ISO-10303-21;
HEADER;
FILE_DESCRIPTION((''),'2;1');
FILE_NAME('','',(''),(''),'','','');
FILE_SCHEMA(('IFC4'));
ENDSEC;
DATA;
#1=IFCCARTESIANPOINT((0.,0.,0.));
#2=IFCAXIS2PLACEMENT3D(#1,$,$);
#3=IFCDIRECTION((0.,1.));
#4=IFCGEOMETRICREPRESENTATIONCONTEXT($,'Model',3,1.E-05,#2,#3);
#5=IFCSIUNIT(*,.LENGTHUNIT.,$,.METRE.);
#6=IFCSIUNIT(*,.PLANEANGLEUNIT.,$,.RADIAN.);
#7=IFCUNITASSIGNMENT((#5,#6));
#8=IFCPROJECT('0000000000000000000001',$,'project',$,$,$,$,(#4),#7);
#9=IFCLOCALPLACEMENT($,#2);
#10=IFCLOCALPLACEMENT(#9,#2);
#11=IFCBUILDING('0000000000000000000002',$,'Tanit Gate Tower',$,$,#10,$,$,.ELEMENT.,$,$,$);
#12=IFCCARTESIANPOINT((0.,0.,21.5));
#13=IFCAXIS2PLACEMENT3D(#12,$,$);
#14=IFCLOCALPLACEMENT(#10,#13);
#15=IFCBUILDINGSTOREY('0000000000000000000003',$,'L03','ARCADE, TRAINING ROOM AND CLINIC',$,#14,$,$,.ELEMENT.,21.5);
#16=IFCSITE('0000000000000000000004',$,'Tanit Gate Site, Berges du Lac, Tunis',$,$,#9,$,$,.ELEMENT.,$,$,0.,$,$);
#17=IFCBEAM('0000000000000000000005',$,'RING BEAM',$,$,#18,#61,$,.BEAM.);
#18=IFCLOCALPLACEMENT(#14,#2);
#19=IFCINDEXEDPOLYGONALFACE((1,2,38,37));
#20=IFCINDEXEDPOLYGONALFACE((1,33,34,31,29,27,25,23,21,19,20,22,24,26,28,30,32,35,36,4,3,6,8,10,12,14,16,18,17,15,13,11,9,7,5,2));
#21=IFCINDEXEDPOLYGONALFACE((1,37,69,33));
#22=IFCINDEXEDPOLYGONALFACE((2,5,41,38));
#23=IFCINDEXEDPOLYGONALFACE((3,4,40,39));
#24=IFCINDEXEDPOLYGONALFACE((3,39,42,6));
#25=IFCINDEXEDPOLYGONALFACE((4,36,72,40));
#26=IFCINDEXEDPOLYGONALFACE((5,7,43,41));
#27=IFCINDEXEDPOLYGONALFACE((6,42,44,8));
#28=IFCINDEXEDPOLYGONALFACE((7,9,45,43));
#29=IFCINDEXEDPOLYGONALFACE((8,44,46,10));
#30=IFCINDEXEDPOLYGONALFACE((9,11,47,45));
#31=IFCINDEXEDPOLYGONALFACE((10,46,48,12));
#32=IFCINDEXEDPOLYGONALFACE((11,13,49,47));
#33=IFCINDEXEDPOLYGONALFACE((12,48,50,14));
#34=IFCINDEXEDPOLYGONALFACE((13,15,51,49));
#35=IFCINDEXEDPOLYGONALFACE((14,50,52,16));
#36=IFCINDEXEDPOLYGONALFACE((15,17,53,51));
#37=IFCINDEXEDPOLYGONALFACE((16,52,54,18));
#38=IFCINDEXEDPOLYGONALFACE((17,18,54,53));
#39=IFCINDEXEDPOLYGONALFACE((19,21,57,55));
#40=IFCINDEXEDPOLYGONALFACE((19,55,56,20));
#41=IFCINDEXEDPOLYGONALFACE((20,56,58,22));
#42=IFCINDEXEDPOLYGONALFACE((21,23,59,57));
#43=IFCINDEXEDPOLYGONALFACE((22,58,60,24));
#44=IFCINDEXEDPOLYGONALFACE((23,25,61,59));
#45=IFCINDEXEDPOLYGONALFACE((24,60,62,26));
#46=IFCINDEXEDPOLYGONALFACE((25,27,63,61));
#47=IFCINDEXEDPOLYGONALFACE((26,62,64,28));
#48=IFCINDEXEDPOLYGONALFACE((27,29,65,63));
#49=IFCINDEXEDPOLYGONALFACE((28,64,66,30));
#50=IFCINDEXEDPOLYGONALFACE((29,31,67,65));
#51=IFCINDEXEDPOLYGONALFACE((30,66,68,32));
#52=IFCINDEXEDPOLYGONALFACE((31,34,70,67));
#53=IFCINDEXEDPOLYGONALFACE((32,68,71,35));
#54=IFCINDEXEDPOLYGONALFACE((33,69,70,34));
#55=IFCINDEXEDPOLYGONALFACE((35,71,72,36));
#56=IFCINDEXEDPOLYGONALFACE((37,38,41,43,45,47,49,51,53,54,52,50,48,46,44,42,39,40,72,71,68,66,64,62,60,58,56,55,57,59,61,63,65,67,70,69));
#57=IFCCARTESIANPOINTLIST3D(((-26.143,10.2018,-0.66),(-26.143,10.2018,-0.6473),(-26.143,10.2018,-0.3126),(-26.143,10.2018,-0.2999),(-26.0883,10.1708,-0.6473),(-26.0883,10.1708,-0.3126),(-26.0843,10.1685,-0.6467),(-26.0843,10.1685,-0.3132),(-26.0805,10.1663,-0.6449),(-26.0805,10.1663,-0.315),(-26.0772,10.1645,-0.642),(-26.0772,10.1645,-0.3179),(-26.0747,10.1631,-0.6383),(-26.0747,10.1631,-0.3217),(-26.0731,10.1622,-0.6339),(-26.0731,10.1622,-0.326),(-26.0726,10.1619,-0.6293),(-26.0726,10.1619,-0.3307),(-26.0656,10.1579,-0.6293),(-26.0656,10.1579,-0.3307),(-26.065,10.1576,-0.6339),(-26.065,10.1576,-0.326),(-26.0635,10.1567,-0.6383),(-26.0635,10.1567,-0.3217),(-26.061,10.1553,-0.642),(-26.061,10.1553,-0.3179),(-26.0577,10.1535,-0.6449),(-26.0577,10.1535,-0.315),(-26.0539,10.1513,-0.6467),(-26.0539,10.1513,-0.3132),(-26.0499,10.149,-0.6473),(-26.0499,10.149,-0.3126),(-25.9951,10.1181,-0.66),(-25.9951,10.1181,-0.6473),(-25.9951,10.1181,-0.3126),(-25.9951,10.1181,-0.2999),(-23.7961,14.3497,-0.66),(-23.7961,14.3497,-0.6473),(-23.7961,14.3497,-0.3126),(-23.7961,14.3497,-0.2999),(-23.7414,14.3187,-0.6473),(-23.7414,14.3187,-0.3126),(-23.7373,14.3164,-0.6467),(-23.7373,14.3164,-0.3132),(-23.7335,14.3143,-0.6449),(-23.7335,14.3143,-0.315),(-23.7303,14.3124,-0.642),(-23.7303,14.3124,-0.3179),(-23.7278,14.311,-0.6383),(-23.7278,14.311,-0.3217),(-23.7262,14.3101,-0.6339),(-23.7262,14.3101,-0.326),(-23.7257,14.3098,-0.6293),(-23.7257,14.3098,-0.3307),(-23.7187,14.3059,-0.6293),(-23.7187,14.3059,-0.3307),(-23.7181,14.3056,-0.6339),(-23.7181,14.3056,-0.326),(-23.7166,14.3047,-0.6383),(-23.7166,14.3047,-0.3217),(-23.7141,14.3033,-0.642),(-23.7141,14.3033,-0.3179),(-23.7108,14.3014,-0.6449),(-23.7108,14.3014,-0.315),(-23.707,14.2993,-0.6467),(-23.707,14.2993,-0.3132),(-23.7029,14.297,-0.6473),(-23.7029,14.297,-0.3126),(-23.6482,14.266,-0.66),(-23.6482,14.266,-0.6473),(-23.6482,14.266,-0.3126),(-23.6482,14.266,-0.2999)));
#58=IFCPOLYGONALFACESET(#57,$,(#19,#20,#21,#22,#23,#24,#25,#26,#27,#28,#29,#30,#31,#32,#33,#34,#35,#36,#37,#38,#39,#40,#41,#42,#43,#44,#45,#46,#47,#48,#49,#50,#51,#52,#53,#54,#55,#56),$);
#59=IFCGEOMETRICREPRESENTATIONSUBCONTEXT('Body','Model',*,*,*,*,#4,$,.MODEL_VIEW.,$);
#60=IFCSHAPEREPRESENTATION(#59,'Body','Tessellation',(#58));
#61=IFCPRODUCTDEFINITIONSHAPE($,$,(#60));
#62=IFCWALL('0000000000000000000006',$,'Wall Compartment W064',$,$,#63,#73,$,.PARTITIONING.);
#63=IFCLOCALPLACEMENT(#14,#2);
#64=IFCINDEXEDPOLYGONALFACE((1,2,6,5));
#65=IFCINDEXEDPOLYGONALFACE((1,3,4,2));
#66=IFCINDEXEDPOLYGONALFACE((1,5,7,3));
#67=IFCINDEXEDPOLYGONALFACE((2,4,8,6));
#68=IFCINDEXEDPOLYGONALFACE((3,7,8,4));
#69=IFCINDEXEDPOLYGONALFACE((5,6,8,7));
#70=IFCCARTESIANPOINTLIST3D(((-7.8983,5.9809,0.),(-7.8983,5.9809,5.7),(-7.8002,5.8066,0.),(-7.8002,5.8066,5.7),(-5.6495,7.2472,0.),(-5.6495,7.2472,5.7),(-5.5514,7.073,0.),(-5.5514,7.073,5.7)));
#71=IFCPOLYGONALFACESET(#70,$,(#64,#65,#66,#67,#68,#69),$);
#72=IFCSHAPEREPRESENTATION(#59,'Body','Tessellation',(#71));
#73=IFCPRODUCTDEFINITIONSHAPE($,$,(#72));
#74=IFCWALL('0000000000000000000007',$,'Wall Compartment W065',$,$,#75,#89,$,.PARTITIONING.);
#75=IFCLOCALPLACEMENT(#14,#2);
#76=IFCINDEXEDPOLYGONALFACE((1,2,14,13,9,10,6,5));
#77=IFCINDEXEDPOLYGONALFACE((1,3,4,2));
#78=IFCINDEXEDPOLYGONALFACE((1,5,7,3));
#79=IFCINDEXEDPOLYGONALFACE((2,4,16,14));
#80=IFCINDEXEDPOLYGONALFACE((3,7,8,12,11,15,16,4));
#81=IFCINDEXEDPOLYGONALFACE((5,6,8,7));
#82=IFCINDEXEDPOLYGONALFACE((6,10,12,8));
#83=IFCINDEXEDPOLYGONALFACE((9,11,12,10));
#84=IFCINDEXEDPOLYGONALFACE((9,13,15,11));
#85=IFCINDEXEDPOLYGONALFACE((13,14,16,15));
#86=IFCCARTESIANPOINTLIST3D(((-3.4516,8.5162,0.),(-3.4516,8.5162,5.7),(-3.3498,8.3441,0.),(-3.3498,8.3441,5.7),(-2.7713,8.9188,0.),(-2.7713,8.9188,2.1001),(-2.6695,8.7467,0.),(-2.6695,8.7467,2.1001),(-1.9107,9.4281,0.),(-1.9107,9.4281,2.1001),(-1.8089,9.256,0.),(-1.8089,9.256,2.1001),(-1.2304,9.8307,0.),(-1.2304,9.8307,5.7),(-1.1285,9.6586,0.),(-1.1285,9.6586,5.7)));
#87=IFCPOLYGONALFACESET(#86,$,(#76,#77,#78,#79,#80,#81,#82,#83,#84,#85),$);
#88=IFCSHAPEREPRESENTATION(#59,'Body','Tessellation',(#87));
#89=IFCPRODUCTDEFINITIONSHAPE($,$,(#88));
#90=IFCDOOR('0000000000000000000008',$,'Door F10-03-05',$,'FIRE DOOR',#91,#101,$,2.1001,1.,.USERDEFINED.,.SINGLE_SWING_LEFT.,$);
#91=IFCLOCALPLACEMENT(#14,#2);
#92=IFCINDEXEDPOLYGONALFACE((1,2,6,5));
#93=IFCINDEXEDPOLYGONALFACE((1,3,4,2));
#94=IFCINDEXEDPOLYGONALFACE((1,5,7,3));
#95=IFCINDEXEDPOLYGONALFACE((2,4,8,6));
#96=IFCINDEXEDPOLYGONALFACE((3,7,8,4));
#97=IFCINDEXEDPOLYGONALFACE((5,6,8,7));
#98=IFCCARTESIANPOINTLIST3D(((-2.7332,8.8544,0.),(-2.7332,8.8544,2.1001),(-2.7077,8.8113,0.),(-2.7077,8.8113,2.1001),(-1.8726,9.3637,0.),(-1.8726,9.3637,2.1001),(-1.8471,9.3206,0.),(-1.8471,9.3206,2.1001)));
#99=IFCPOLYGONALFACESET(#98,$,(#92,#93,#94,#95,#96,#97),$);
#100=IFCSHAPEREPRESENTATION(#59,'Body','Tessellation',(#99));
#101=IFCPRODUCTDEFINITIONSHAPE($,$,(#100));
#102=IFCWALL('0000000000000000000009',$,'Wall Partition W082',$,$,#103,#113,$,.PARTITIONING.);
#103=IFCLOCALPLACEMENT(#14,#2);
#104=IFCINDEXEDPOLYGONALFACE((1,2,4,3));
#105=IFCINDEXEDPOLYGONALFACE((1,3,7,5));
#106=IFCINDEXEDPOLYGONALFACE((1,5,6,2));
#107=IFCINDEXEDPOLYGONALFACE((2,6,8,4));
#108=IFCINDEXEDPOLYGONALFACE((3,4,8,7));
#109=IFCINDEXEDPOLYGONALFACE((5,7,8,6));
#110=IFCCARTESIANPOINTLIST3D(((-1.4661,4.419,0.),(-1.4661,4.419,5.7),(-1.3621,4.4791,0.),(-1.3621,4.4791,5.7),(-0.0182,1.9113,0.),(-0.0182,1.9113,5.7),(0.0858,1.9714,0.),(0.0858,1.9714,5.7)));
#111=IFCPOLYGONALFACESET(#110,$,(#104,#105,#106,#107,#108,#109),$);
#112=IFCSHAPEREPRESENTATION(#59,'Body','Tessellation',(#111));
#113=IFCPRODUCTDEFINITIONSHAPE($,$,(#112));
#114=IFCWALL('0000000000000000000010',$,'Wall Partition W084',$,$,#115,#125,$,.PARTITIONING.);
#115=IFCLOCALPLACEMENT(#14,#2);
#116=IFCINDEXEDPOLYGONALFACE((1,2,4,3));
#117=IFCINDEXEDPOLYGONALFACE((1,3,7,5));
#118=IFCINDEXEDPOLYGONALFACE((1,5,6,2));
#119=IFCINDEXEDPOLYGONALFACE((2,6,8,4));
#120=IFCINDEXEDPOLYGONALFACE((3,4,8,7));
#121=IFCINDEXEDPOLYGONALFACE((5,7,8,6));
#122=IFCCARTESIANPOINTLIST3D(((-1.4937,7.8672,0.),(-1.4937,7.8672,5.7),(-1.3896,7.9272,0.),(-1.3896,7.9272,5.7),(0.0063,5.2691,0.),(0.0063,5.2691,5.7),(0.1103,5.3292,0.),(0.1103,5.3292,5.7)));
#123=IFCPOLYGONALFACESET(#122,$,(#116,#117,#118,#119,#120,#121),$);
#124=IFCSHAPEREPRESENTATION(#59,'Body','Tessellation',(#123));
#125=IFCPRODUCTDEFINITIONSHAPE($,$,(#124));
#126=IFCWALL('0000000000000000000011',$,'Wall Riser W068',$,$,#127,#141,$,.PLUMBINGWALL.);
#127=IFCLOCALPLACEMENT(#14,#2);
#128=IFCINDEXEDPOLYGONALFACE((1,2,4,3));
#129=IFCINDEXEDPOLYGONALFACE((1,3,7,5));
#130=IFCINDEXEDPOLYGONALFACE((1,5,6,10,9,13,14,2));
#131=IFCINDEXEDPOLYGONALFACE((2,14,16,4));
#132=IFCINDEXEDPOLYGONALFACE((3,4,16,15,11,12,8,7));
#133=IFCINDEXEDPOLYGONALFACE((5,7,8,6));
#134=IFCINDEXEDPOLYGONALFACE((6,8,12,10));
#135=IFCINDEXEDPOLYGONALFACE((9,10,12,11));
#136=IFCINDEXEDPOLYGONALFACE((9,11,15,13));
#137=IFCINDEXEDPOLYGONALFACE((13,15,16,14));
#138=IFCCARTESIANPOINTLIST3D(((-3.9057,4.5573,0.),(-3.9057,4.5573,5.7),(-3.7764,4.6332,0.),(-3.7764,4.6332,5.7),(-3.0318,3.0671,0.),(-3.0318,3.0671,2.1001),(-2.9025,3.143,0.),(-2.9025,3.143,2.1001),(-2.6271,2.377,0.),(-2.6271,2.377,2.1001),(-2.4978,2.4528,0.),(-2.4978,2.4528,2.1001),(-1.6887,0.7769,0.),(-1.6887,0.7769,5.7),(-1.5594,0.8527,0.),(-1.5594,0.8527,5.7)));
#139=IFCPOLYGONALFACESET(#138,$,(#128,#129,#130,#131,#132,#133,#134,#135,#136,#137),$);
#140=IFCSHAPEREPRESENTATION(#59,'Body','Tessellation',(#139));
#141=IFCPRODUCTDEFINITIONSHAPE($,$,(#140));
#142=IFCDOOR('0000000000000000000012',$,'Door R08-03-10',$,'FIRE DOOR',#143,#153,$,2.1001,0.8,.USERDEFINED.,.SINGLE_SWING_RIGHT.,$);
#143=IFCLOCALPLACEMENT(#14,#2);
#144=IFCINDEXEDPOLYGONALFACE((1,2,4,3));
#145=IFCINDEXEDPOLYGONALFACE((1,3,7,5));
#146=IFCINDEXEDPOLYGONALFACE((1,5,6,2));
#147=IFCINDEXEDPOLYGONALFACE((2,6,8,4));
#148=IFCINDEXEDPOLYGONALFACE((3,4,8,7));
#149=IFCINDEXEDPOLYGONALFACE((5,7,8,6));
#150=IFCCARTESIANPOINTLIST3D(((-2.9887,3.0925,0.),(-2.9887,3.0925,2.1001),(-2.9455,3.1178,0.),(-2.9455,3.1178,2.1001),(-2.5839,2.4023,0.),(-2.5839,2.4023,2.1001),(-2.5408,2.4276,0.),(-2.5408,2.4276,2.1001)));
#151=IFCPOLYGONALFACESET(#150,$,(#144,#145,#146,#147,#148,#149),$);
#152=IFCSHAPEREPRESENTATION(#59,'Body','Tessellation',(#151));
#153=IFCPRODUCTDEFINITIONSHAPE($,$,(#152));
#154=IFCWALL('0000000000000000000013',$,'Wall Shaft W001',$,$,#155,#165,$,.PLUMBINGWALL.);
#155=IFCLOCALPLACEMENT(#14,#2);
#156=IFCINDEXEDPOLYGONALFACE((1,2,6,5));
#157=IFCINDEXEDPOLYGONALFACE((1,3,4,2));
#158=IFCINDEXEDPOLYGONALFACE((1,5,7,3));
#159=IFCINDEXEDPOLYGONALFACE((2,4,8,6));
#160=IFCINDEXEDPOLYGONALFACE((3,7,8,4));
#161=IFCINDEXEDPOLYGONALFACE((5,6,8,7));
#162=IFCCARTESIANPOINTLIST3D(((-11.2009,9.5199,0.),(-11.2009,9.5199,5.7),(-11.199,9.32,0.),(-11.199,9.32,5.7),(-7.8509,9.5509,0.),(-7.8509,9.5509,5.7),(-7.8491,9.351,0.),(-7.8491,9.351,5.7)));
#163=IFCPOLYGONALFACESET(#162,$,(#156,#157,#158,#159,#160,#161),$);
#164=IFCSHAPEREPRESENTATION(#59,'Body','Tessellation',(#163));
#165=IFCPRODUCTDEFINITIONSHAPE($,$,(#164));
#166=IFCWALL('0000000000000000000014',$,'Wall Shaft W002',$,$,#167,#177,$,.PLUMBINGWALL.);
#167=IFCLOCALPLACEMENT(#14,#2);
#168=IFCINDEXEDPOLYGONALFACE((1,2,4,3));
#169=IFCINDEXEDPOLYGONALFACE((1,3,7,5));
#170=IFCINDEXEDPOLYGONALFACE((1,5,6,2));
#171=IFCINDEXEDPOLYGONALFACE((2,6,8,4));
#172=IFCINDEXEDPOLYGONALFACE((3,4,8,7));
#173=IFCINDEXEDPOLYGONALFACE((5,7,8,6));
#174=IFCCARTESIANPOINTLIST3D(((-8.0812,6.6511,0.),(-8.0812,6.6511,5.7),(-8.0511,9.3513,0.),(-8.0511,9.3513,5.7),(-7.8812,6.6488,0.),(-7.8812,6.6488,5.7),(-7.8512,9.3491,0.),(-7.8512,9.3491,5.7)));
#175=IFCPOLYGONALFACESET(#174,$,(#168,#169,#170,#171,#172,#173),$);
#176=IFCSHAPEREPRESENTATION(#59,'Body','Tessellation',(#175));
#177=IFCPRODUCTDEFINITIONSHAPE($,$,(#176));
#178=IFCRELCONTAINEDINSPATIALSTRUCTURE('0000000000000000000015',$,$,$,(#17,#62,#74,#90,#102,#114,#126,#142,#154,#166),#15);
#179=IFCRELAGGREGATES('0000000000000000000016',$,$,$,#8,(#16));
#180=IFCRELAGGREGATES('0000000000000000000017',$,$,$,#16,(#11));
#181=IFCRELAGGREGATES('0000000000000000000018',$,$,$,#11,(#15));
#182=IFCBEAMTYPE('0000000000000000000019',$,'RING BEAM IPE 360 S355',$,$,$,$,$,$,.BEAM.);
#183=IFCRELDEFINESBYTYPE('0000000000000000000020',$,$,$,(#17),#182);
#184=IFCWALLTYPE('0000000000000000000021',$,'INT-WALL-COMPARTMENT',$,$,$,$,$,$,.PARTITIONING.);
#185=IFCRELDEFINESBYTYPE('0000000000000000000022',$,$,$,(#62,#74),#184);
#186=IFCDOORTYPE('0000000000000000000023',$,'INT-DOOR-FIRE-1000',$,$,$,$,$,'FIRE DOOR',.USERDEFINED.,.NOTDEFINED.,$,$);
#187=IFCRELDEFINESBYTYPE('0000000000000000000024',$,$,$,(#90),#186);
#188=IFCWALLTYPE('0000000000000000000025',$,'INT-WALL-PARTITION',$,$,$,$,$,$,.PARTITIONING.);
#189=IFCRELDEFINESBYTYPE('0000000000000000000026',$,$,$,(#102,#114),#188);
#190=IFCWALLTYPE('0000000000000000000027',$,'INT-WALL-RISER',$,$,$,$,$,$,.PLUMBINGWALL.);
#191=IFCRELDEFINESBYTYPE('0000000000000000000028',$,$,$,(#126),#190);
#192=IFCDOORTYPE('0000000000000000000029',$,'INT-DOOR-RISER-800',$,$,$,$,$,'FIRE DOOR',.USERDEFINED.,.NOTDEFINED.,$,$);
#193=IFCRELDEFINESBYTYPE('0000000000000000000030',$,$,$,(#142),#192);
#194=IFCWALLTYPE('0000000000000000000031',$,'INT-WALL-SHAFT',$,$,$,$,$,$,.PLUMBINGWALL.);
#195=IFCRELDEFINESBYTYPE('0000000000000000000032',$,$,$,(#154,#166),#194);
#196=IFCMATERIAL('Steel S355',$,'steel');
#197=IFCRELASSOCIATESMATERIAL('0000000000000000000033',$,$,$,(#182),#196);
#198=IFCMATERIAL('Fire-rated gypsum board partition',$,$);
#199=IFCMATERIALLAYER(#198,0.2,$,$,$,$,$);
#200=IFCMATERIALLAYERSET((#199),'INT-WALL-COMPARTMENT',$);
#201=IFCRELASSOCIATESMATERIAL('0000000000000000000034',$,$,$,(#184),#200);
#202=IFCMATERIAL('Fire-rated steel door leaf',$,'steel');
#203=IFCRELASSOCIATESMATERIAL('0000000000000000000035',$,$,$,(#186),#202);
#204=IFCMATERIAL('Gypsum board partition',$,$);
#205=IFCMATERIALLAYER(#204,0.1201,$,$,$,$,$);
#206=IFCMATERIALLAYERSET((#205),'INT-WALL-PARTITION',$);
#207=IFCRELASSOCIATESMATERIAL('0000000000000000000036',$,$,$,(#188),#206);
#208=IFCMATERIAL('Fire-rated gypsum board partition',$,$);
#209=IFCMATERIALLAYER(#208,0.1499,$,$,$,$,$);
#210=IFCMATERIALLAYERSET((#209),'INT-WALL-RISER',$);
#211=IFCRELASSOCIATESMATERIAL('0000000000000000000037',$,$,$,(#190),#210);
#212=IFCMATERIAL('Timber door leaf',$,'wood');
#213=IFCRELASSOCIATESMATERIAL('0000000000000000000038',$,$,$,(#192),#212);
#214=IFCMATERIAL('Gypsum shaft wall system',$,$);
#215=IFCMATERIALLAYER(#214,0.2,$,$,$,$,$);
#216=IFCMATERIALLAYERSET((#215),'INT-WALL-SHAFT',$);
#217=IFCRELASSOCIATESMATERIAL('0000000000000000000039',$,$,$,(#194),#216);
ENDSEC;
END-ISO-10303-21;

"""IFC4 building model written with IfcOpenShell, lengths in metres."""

from ifc_helpers import new_model, si_unit, direction, frame, frame_2d, origin, origin_2d, place, context, subcontext, project, spatial, rectangle, i_section, extrude, material, layer, layer_set, material_profile, profile_set, type_object, element, fill, save


model = new_model("IFC4")

# Units and contexts
model_context = context("Model", 3, precision=1e-05, world=origin(), true_north=direction((0.0, 1.0)))
body_context = subcontext(model_context, "Body", "Model", "MODEL_VIEW")
ifc_project = project(units=[si_unit("LENGTHUNIT", "METRE"), si_unit("PLANEANGLEUNIT", "RADIAN")], contexts=[model_context])

# Site, building, storey
site_placement = place(None, origin())
site = spatial("IfcSite", under=ifc_project, at=site_placement, Name="Tanit Gate Site, Berges du Lac, Tunis", CompositionType="ELEMENT", RefElevation=0.0)
building_placement = place(site_placement, origin())
building = spatial("IfcBuilding", under=site, at=building_placement, Name="Tanit Gate Tower", CompositionType="ELEMENT")
storey_placement = place(building_placement, frame((0.0, 0.0, 21.5)))
storey = spatial("IfcBuildingStorey", under=building, at=storey_placement, Name="L03", Description="ARCADE, TRAINING ROOM AND CLINIC", CompositionType="ELEMENT", Elevation=21.5)

# Beam
ifc_material_1 = material(Name="Steel S355", Category="steel")
ifc_material_profile_1 = material_profile(ifc_material_1, i_section(OverallWidth=0.1699, OverallDepth=0.3601, WebThickness=0.0081, FlangeThickness=0.0127, FilletRadius=0.0181, at=origin_2d()), Name="IPE 360")
ifc_profile_set_1 = profile_set([ifc_material_profile_1], Name="Steel S355")
beam_type_1 = type_object("IfcBeamType", Name="RING BEAM IPE 360 S355", PredefinedType="BEAM", material=ifc_profile_set_1)
beam_1_placement = place(storey_placement, frame((-26.0691, 10.1599, -0.48), z_axis=(0.492444, 0.870344, 0.0), x_axis=(-0.870344, 0.492444, 0.0)))
element("IfcBeam", 1, at=beam_1_placement, inside=storey, type_object=beam_type_1, Name="RING BEAM", PredefinedType="BEAM", context=body_context, shape_type="SweptSolid", body=[
    extrude(i_section(OverallWidth=0.1699, OverallDepth=0.3601, WebThickness=0.0081, FlangeThickness=0.0127, FilletRadius=0.0181, at=origin_2d()), origin(), (0.0, 0.0, 1.0), 4.7659),
])

# Wall
ifc_material_2 = material(Name="Fire-rated gypsum board partition")
ifc_layer_1 = layer(ifc_material_2, 0.2)
ifc_layer_set_1 = layer_set([ifc_layer_1], Name="INT-WALL-COMPARTMENT")
wall_type_1 = type_object("IfcWallType", Name="INT-WALL-COMPARTMENT", PredefinedType="PARTITIONING", material=ifc_layer_set_1)
wall_1_placement = place(storey_placement, frame((-5.6003, 7.1602, 0.0), z_axis=(0.0, 0.0, 1.0), x_axis=(-0.87134, -0.490679, 0.0)))
element("IfcWall", 2, at=wall_1_placement, inside=storey, type_object=wall_type_1, Name="Wall Compartment W064", PredefinedType="PARTITIONING", context=body_context, shape_type="SweptSolid", body=[
    extrude(rectangle(XDim=2.5808, YDim=0.2, at=frame_2d((1.2905, 0.0))), origin(), (0.0, 0.0, 1.0), 5.7),
])

# Wall, opening, door
wall_2_placement = place(storey_placement, frame((-1.1794, 9.7446, 0.0), z_axis=(0.0, 0.0, 1.0), x_axis=(-0.860599, -0.509284, 0.0)))
wall_2 = element("IfcWall", 3, at=wall_2_placement, inside=storey, type_object=wall_type_1, Name="Wall Compartment W065", PredefinedType="PARTITIONING", context=body_context, shape_type="SweptSolid", body=[
    extrude(rectangle(XDim=2.5811, YDim=0.2, at=frame_2d((1.2905, 0.0))), origin(), (0.0, 0.0, 1.0), 5.7),
])
opening_1_placement = place(wall_2_placement, frame((0.7905, 0.0, 0.0)))
opening_1 = element("IfcOpeningElement", 4, at=opening_1_placement, cuts=wall_2, PredefinedType="OPENING", context=body_context, shape_type="SweptSolid", body=[
    extrude(rectangle(XDim=1.0, YDim=2.1001, at=frame_2d((0.5, 1.05))), frame((0.0, 0.1099, 0.0), z_axis=(0.0, -1.0, 0.0), x_axis=(1.0, 0.0, 0.0)), (0.0, 0.0, 1.0), 0.22),
])
ifc_material_3 = material(Name="Fire-rated steel door leaf", Category="steel")
door_type_1 = type_object("IfcDoorType", Name="INT-DOOR-FIRE-1000", ElementType="FIRE DOOR", OperationType="NOTDEFINED", PredefinedType="USERDEFINED", material=ifc_material_3)
door_1_placement = place(opening_1_placement, origin())
door_1 = element("IfcDoor", 5, at=door_1_placement, inside=storey, type_object=door_type_1, Name="Door F10-03-05", ObjectType="FIRE DOOR", OperationType="SINGLE_SWING_LEFT", OverallHeight=2.1001, OverallWidth=1.0, PredefinedType="USERDEFINED", context=body_context, shape_type="SweptSolid", body=[
    extrude(rectangle(XDim=1.0, YDim=2.1001, at=frame_2d((0.5, 1.05))), frame((0.0, 0.0249, 0.0), z_axis=(0.0, -1.0, 0.0), x_axis=(1.0, 0.0, 0.0)), (0.0, 0.0, 1.0), 0.05),
])
fill(opening_1, door_1)

# Walls
ifc_material_4 = material(Name="Gypsum board partition")
ifc_layer_2 = layer(ifc_material_4, 0.1201)
ifc_layer_set_2 = layer_set([ifc_layer_2], Name="INT-WALL-PARTITION")
wall_type_2 = type_object("IfcWallType", Name="INT-WALL-PARTITION", PredefinedType="PARTITIONING", material=ifc_layer_set_2)
wall_3_placement = place(storey_placement, frame((-1.4141, 4.449, 0.0), z_axis=(0.0, 0.0, 1.0), x_axis=(0.500029, -0.866009, 0.0)))
element("IfcWall", 6, at=wall_3_placement, inside=storey, type_object=wall_type_2, Name="Wall Partition W082", PredefinedType="PARTITIONING", context=body_context, shape_type="SweptSolid", body=[
    extrude(rectangle(XDim=2.8958, YDim=0.1201, at=frame_2d((1.4478, 0.0))), origin(), (0.0, 0.0, 1.0), 5.7),
])
wall_4_placement = place(storey_placement, frame((-1.4417, 7.8972, 0.0), z_axis=(0.0, 0.0, 1.0), x_axis=(0.49999, -0.866031, 0.0)))
element("IfcWall", 7, at=wall_4_placement, inside=storey, type_object=wall_type_2, Name="Wall Partition W084", PredefinedType="PARTITIONING", context=body_context, shape_type="SweptSolid", body=[
    extrude(rectangle(XDim=3.0, YDim=0.1201, at=frame_2d((1.5, 0.0))), origin(), (0.0, 0.0, 1.0), 5.7),
])

# Wall, opening, door
ifc_material_5 = material(Name="Fire-rated gypsum board partition")
ifc_layer_3 = layer(ifc_material_5, 0.1499)
ifc_layer_set_3 = layer_set([ifc_layer_3], Name="INT-WALL-RISER")
wall_type_3 = type_object("IfcWallType", Name="INT-WALL-RISER", PredefinedType="PLUMBINGWALL", material=ifc_layer_set_3)
wall_5_placement = place(storey_placement, frame((-1.624, 0.8147, 0.0), z_axis=(0.0, 0.0, 1.0), x_axis=(-0.505868, 0.862611, 0.0)))
wall_5 = element("IfcWall", 8, at=wall_5_placement, inside=storey, type_object=wall_type_3, Name="Wall Riser W068", PredefinedType="PLUMBINGWALL", context=body_context, shape_type="SweptSolid", body=[
    extrude(rectangle(XDim=4.3826, YDim=0.1499, at=frame_2d((2.1914, 0.0))), origin(), (0.0, 0.0, 1.0), 5.7),
])
opening_2_placement = place(wall_5_placement, frame((1.8552, 0.0, 0.0)))
opening_2 = element("IfcOpeningElement", 9, at=opening_2_placement, cuts=wall_5, PredefinedType="OPENING", context=body_context, shape_type="SweptSolid", body=[
    extrude(rectangle(XDim=0.8, YDim=2.1001, at=frame_2d((0.3999, 1.05))), frame((0.0, 0.085, 0.0), z_axis=(0.0, -1.0, 0.0), x_axis=(1.0, 0.0, 0.0)), (0.0, 0.0, 1.0), 0.1699),
])
ifc_material_6 = material(Name="Timber door leaf", Category="wood")
door_type_2 = type_object("IfcDoorType", Name="INT-DOOR-RISER-800", ElementType="FIRE DOOR", OperationType="NOTDEFINED", PredefinedType="USERDEFINED", material=ifc_material_6)
door_2_placement = place(opening_2_placement, origin())
door_2 = element("IfcDoor", 10, at=door_2_placement, inside=storey, type_object=door_type_2, Name="Door R08-03-10", ObjectType="FIRE DOOR", OperationType="SINGLE_SWING_RIGHT", OverallHeight=2.1001, OverallWidth=0.8, PredefinedType="USERDEFINED", context=body_context, shape_type="SweptSolid", body=[
    extrude(rectangle(XDim=0.8, YDim=2.1001, at=frame_2d((0.3999, 1.05))), frame((0.0, 0.0249, 0.0), z_axis=(0.0, -1.0, 0.0), x_axis=(1.0, 0.0, 0.0)), (0.0, 0.0, 1.0), 0.05),
])
fill(opening_2, door_2)

# Walls
ifc_material_7 = material(Name="Gypsum shaft wall system")
ifc_layer_4 = layer(ifc_material_7, 0.2)
ifc_layer_set_4 = layer_set([ifc_layer_4], Name="INT-WALL-SHAFT")
wall_type_4 = type_object("IfcWallType", Name="INT-WALL-SHAFT", PredefinedType="PLUMBINGWALL", material=ifc_layer_set_4)
wall_6_placement = place(storey_placement, frame((-11.2, 9.4199, 0.0), z_axis=(0.0, 0.0, 1.0), x_axis=(0.999957, 0.009255, 0.0)))
element("IfcWall", 11, at=wall_6_placement, inside=storey, type_object=wall_type_4, Name="Wall Shaft W001", PredefinedType="PLUMBINGWALL", context=body_context, shape_type="SweptSolid", body=[
    extrude(rectangle(XDim=3.3501, YDim=0.2, at=frame_2d((1.675, 0.0))), origin(), (0.0, 0.0, 1.0), 5.7),
])
wall_7_placement = place(storey_placement, frame((-7.9512, 9.3501, 0.0), z_axis=(0.0, 0.0, 1.0), x_axis=(-0.01112, -0.999938, 0.0)))
element("IfcWall", 12, at=wall_7_placement, inside=storey, type_object=wall_type_4, Name="Wall Shaft W002", PredefinedType="PLUMBINGWALL", context=body_context, shape_type="SweptSolid", body=[
    extrude(rectangle(XDim=2.7004, YDim=0.2, at=frame_2d((1.3501, 0.0))), origin(), (0.0, 0.0, 1.0), 5.7),
])

save(model, "model.ifc")
